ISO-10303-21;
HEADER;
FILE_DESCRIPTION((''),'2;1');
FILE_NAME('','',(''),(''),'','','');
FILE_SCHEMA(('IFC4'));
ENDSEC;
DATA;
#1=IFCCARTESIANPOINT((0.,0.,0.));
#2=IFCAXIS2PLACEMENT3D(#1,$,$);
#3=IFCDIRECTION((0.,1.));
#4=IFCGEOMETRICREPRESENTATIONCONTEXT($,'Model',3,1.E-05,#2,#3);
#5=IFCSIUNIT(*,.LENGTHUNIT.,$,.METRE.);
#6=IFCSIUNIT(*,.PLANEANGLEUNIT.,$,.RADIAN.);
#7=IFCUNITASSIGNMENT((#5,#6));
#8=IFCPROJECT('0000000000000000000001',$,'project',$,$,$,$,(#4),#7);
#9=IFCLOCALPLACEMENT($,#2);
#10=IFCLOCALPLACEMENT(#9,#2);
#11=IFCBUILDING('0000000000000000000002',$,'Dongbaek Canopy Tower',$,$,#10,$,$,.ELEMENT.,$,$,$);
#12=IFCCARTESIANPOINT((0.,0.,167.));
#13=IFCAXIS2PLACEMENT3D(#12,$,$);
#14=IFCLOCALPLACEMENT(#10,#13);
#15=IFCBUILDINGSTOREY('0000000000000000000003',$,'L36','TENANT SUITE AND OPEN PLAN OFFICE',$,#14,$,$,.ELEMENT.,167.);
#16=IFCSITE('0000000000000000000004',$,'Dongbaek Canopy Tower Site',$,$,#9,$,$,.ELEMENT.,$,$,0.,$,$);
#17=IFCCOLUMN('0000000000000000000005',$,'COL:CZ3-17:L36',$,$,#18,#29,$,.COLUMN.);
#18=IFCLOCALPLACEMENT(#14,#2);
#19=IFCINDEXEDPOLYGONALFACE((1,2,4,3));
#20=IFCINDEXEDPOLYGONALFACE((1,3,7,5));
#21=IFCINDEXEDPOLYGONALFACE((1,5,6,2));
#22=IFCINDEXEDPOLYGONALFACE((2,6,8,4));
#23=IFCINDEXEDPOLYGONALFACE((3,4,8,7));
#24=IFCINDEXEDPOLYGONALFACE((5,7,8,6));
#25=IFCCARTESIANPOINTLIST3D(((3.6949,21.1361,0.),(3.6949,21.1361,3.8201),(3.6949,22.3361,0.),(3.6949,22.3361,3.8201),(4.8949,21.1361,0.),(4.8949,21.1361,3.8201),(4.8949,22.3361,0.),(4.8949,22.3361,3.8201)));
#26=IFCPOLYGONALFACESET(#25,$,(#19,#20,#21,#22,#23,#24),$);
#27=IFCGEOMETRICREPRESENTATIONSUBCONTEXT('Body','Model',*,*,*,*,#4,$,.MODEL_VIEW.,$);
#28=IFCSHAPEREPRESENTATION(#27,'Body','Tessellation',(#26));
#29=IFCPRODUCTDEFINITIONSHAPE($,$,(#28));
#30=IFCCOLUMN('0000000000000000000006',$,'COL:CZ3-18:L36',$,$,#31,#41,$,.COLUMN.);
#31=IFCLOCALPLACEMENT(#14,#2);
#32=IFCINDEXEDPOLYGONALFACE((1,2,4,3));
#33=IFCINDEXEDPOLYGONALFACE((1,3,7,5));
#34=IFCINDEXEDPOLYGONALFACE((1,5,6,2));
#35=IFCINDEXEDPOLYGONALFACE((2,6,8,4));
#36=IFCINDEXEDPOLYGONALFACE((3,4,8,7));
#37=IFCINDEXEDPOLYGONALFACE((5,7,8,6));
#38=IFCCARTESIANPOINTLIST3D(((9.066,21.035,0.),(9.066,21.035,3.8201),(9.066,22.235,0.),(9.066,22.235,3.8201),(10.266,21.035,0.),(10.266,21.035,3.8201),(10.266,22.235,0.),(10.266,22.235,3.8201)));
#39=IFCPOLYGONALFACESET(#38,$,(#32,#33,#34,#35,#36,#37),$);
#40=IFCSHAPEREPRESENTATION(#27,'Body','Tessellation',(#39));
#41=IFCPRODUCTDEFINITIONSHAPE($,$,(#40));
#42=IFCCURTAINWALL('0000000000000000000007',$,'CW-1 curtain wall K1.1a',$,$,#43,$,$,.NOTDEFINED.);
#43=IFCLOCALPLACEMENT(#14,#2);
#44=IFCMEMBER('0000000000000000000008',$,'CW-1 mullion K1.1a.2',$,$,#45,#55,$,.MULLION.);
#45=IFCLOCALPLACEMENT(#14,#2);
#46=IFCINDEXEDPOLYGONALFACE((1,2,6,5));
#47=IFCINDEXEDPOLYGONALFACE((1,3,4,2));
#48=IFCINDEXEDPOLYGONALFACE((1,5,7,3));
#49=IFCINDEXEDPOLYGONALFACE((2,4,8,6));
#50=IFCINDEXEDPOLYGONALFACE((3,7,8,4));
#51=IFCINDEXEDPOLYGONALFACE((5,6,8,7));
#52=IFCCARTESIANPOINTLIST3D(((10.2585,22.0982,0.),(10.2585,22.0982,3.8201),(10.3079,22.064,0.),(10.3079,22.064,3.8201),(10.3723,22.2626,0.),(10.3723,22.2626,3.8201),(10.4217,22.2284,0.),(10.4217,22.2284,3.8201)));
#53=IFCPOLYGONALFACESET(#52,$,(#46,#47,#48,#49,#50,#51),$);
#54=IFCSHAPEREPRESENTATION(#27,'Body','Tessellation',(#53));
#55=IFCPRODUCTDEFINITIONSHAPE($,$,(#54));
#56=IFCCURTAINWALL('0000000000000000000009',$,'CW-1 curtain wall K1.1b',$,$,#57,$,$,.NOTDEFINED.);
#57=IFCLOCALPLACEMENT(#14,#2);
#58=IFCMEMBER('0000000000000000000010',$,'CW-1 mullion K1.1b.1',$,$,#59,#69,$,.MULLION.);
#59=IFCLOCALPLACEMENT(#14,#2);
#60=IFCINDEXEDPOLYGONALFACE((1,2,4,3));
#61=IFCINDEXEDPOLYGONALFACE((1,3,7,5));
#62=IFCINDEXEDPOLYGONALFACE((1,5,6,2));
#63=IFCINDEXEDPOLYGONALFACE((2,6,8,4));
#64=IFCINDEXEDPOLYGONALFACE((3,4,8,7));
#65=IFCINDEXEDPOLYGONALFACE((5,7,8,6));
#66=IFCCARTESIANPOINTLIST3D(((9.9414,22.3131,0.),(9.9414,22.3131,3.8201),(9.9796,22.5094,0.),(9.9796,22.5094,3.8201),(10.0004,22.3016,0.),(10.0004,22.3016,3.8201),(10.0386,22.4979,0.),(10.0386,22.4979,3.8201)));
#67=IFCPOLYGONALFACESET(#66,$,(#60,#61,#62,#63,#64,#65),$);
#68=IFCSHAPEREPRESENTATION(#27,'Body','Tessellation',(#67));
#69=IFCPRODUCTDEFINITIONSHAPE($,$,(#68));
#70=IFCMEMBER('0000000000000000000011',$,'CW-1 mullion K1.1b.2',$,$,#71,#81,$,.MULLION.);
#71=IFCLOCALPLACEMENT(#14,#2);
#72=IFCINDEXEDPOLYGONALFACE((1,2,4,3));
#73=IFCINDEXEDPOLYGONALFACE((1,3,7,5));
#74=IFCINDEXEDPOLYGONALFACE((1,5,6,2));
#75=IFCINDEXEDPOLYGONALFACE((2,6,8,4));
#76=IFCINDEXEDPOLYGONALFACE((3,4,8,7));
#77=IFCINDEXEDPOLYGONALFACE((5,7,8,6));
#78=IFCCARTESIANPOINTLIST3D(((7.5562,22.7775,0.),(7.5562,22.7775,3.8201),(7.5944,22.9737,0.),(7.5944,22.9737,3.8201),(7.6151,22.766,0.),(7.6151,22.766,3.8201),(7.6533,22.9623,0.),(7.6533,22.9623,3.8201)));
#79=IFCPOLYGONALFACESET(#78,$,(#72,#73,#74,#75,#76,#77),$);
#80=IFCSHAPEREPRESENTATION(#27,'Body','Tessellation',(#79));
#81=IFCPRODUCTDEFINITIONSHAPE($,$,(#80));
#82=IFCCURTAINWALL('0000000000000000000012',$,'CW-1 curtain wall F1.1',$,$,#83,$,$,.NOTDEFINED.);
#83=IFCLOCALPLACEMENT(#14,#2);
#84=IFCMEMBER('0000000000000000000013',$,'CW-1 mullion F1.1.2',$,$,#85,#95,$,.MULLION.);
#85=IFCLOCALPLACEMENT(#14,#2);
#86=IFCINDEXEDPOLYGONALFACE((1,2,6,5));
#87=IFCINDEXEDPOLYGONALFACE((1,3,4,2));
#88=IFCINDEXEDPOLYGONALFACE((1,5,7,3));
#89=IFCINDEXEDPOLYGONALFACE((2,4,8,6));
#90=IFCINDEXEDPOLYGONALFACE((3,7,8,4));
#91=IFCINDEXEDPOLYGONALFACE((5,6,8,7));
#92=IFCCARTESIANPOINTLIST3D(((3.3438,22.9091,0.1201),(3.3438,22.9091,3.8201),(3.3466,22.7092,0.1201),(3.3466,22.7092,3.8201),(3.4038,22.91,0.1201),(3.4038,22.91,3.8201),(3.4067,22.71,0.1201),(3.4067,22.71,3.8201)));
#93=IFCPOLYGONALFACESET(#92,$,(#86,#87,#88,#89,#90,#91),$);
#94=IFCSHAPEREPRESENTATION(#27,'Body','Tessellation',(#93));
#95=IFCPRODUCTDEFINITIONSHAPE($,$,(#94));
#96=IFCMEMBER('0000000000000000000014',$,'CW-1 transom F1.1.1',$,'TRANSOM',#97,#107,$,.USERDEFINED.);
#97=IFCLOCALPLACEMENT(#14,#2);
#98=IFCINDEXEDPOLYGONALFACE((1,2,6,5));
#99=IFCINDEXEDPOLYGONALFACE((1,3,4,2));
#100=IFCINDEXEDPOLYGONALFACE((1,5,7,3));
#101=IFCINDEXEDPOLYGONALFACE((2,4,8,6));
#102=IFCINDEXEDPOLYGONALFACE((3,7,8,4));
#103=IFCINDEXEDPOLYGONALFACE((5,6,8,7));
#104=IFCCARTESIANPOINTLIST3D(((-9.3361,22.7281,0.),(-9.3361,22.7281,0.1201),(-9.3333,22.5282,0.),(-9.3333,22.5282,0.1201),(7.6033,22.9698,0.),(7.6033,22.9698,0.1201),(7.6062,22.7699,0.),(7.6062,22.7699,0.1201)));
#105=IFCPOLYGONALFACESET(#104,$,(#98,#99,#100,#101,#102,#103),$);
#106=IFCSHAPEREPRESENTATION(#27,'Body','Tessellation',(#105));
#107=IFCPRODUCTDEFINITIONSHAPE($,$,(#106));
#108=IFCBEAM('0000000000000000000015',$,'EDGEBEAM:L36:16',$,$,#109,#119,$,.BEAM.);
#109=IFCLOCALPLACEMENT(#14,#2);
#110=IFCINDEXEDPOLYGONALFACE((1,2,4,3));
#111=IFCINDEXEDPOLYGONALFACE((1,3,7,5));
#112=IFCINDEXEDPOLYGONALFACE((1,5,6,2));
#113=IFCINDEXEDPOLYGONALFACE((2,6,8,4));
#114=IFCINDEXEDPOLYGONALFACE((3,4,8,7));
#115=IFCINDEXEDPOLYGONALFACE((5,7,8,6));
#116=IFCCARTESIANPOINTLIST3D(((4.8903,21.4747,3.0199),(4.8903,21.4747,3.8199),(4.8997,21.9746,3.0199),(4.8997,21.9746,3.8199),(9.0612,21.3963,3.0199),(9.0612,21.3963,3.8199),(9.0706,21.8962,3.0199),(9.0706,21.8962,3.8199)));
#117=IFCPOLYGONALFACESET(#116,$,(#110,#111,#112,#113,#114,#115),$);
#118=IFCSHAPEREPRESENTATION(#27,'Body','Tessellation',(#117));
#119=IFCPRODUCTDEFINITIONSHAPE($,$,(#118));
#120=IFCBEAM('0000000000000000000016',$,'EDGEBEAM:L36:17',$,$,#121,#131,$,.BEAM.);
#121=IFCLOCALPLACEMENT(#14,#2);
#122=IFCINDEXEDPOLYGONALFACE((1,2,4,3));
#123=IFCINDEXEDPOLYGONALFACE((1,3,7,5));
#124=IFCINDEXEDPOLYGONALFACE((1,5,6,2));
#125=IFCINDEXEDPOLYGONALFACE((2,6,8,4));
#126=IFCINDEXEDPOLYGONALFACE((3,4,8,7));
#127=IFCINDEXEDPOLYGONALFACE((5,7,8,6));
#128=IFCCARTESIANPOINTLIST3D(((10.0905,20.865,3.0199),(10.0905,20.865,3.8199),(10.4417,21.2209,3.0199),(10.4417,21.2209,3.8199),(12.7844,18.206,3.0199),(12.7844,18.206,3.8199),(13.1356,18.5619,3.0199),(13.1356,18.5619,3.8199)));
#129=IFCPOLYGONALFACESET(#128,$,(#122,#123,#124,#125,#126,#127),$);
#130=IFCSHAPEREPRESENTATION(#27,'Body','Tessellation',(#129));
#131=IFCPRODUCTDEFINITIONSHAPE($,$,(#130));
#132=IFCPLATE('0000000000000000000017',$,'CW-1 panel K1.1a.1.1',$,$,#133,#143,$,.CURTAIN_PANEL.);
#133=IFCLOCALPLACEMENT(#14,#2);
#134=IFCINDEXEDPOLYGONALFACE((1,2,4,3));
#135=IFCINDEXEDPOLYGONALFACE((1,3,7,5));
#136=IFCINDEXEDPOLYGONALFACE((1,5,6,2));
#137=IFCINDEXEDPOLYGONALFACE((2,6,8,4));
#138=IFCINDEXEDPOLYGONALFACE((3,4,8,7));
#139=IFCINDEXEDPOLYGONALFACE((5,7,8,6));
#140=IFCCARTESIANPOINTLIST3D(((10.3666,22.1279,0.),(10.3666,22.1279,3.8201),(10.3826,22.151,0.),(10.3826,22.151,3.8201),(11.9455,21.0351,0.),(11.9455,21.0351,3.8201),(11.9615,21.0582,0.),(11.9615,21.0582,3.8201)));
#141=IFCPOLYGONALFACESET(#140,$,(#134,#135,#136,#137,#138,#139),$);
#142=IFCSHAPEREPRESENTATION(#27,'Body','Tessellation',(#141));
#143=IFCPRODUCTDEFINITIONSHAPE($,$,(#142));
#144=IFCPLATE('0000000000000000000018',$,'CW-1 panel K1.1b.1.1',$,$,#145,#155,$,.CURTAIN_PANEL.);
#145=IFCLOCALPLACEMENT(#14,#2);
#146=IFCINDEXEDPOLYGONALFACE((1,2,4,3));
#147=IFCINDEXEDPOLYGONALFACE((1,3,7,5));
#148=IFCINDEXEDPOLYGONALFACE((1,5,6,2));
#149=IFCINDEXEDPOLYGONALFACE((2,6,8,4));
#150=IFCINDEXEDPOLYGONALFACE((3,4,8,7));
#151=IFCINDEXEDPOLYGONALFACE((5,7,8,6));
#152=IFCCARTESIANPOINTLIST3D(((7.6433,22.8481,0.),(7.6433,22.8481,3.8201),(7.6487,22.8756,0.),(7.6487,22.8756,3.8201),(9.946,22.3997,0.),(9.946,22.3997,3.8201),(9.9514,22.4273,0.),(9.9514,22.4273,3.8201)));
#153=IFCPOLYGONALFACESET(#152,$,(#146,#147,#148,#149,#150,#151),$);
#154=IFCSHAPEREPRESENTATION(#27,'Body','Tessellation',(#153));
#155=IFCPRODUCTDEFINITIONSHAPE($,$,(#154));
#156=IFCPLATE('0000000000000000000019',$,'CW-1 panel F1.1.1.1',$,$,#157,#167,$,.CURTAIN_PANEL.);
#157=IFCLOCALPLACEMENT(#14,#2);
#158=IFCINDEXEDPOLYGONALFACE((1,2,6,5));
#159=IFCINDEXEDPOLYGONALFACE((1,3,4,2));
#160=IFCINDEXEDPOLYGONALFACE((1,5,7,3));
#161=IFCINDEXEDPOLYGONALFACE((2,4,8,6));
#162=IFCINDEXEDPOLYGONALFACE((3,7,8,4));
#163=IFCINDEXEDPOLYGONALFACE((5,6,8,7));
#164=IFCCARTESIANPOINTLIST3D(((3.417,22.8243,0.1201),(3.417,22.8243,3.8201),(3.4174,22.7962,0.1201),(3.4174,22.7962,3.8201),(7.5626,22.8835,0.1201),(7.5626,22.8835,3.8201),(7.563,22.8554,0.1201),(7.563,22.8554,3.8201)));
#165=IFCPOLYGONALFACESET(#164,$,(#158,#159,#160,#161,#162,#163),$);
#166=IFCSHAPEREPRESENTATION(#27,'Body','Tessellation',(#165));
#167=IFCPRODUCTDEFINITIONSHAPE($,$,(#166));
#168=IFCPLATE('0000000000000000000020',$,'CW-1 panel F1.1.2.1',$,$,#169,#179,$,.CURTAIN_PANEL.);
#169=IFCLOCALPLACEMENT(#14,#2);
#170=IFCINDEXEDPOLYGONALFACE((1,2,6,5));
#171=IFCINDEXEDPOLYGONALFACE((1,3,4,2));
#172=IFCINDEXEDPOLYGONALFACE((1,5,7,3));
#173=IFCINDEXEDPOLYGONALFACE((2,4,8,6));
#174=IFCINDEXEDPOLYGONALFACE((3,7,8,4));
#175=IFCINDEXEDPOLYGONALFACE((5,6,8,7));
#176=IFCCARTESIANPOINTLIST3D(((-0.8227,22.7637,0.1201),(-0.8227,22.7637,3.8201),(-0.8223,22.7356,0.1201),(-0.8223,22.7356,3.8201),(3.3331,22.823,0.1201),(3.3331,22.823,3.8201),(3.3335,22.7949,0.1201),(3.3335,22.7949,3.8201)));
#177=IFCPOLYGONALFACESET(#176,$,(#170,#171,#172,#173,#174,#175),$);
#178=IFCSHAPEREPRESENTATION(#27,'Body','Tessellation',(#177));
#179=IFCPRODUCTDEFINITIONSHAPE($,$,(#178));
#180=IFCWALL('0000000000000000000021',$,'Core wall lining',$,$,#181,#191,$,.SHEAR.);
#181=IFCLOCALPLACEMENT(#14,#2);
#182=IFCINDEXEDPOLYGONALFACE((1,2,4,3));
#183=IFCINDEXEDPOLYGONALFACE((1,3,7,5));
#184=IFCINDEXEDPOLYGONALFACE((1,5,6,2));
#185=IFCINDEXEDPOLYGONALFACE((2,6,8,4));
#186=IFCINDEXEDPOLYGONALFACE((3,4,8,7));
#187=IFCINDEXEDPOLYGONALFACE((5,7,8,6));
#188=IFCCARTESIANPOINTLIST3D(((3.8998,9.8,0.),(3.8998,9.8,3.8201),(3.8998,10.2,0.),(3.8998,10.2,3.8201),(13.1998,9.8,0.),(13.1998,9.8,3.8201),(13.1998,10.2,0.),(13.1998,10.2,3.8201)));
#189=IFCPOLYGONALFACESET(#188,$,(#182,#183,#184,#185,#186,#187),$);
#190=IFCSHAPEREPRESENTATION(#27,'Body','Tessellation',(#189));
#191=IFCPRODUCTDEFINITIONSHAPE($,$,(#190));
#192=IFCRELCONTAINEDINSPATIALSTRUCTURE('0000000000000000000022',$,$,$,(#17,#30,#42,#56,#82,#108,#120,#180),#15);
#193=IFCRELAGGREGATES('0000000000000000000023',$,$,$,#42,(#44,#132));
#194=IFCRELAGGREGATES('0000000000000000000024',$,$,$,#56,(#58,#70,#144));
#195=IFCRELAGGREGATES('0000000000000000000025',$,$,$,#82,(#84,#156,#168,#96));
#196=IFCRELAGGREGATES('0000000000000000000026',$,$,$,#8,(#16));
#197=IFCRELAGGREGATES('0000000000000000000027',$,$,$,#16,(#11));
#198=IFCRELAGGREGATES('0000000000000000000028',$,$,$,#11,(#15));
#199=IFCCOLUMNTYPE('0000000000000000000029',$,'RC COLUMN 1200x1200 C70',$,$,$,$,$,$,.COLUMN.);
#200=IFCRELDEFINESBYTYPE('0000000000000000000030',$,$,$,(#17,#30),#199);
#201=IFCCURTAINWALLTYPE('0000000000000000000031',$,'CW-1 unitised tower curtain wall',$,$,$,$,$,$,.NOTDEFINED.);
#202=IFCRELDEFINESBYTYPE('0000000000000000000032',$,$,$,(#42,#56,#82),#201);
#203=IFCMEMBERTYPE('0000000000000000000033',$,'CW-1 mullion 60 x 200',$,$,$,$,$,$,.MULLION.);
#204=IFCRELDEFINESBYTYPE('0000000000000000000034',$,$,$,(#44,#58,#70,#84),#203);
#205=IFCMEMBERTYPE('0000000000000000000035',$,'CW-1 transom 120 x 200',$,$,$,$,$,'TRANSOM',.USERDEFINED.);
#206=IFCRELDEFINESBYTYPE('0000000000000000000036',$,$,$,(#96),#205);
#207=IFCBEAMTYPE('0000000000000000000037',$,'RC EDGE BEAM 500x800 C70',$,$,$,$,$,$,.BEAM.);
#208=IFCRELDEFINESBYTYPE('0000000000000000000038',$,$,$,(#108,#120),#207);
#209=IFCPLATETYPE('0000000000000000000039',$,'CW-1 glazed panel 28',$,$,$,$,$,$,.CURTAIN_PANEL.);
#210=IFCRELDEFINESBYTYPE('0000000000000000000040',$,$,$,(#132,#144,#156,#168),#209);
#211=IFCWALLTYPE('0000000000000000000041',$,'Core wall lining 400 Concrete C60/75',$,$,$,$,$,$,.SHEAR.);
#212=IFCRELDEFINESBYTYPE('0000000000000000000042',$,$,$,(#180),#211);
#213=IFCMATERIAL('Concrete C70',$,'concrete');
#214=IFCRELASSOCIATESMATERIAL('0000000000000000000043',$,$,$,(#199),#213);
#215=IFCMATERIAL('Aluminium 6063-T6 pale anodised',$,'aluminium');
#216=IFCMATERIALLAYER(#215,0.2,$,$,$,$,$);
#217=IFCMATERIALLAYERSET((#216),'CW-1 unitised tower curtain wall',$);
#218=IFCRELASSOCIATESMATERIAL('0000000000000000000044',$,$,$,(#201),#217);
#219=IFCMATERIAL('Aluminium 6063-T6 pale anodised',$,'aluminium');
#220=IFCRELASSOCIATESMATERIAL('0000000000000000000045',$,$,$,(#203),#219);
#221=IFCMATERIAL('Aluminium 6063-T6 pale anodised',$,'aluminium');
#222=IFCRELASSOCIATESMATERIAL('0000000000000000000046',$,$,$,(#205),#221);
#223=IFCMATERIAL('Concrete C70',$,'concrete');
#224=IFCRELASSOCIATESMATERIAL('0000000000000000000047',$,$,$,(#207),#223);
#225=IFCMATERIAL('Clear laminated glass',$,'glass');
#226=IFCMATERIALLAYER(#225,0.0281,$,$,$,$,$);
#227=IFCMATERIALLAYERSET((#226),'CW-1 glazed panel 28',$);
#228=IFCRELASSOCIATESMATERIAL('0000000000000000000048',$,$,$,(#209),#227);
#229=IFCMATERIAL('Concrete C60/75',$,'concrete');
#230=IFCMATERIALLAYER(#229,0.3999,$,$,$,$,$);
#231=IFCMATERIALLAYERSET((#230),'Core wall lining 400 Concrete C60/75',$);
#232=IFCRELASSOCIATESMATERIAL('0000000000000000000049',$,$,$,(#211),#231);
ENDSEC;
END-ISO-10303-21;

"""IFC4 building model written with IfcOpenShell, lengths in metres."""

from ifc_helpers import new_model, si_unit, direction, frame, frame_2d, origin, origin_2d, place, context, subcontext, project, spatial, rectangle, extrude, material, layer, layer_set, material_profile, profile_set, type_object, element, aggregate, save


model = new_model("IFC4")

# Units and contexts
model_context = context("Model", 3, precision=1e-05, world=origin(), true_north=direction((0.0, 1.0)))
body_context = subcontext(model_context, "Body", "Model", "MODEL_VIEW")
ifc_project = project(units=[si_unit("LENGTHUNIT", "METRE"), si_unit("PLANEANGLEUNIT", "RADIAN")], contexts=[model_context])

# Site, building, storey
site_placement = place(None, origin())
site = spatial("IfcSite", under=ifc_project, at=site_placement, Name="Dongbaek Canopy Tower Site", CompositionType="ELEMENT", RefElevation=0.0)
building_placement = place(site_placement, origin())
building = spatial("IfcBuilding", under=site, at=building_placement, Name="Dongbaek Canopy Tower", CompositionType="ELEMENT")
storey_placement = place(building_placement, frame((0.0, 0.0, 167.0)))
storey = spatial("IfcBuildingStorey", under=building, at=storey_placement, Name="L36", Description="TENANT SUITE AND OPEN PLAN OFFICE", CompositionType="ELEMENT", Elevation=167.0)

# Columns
ifc_material_1 = material(Name="Concrete C70", Category="concrete")
ifc_material_profile_1 = material_profile(ifc_material_1, rectangle(XDim=1.2, YDim=1.2, at=origin_2d()), Name="RC COLUMN 1200x1200 C70")
ifc_profile_set_1 = profile_set([ifc_material_profile_1], Name="Concrete C70")
column_type = type_object("IfcColumnType", Name="RC COLUMN 1200x1200 C70", PredefinedType="COLUMN", material=ifc_profile_set_1)
for number, where, z_axis, x_axis, name in (
    (1, (4.2949, 21.7361, 0.0), (0.0, 0.0, 1.0), (1.0, 0.0, 0.0), "COL:CZ3-17:L36"),
    (2, (9.666, 21.635, 0.0), (0.0, 0.0, 1.0), (1.0, 0.0, 0.0), "COL:CZ3-18:L36"),
):
    element("IfcColumn", number, at=place(storey_placement, frame(where, z_axis=z_axis, x_axis=x_axis)), inside=storey, type_object=column_type, Name=name, PredefinedType="COLUMN", context=body_context, shape_type="SweptSolid", body=[
        extrude(rectangle(XDim=1.2, YDim=1.2, at=origin_2d()), origin(), (0.0, 0.0, 1.0), 3.8201),
    ])

# Curtain wall, member
ifc_material_2 = material(Name="Aluminium 6063-T6 pale anodised", Category="aluminium")
ifc_layer_1 = layer(ifc_material_2, 0.2)
ifc_layer_set_1 = layer_set([ifc_layer_1], Name="CW-1 unitised tower curtain wall")
curtain_wall_type = type_object("IfcCurtainWallType", Name="CW-1 unitised tower curtain wall", PredefinedType="NOTDEFINED", material=ifc_layer_set_1)
curtain_wall_1_placement = place(storey_placement, origin())
curtain_wall_1 = element("IfcCurtainWall", 3, at=curtain_wall_1_placement, inside=storey, type_object=curtain_wall_type, Name="CW-1 curtain wall K1.1a", PredefinedType="NOTDEFINED")
ifc_material_3 = material(Name="Aluminium 6063-T6 pale anodised", Category="aluminium")
ifc_material_profile_2 = material_profile(ifc_material_3, rectangle(XDim=0.2, YDim=0.0601, at=origin_2d()), Name="CW-1 mullion 60 x 200")
ifc_profile_set_2 = profile_set([ifc_material_profile_2], Name="Aluminium 6063-T6 pale anodised")
member_type_1 = type_object("IfcMemberType", Name="CW-1 mullion 60 x 200", PredefinedType="MULLION", material=ifc_profile_set_2)
member_1_placement = place(storey_placement, frame((10.3401, 22.1633, 0.0), z_axis=(0.0, 0.0, 1.0), x_axis=(0.569121, 0.822254, 0.0)))
member_1 = element("IfcMember", 4, at=member_1_placement, type_object=member_type_1, Name="CW-1 mullion K1.1a.2", PredefinedType="MULLION", context=body_context, shape_type="SweptSolid", body=[
    extrude(rectangle(XDim=0.2, YDim=0.0601, at=origin_2d()), origin(), (0.0, 0.0, 1.0), 3.8201),
])

# Curtain walls, members
curtain_wall_2_placement = place(storey_placement, origin())
curtain_wall_2 = element("IfcCurtainWall", 5, at=curtain_wall_2_placement, inside=storey, type_object=curtain_wall_type, Name="CW-1 curtain wall K1.1b", PredefinedType="NOTDEFINED")
member_2_placement = place(storey_placement, frame((9.99, 22.4055, 0.0), z_axis=(0.0, 0.0, 1.0), x_axis=(0.191111, 0.981568, 0.0)))
member_2 = element("IfcMember", 6, at=member_2_placement, type_object=member_type_1, Name="CW-1 mullion K1.1b.1", PredefinedType="MULLION", context=body_context, shape_type="SweptSolid", body=[
    extrude(rectangle(XDim=0.2, YDim=0.0601, at=origin_2d()), origin(), (0.0, 0.0, 1.0), 3.8201),
])
member_3_placement = place(storey_placement, frame((7.6047, 22.8699, 0.0), z_axis=(0.0, 0.0, 1.0), x_axis=(0.191111, 0.981568, 0.0)))
member_3 = element("IfcMember", 7, at=member_3_placement, type_object=member_type_1, Name="CW-1 mullion K1.1b.2", PredefinedType="MULLION", context=body_context, shape_type="SweptSolid", body=[
    extrude(rectangle(XDim=0.2, YDim=0.0601, at=origin_2d()), origin(), (0.0, 0.0, 1.0), 3.8201),
])
curtain_wall_3_placement = place(storey_placement, origin())
curtain_wall_3 = element("IfcCurtainWall", 8, at=curtain_wall_3_placement, inside=storey, type_object=curtain_wall_type, Name="CW-1 curtain wall F1.1", PredefinedType="NOTDEFINED")
member_4_placement = place(storey_placement, frame((3.3752, 22.8096, 0.1201), z_axis=(0.0, 0.0, 1.0), x_axis=(-0.014277, 0.999898, 0.0)))
member_4 = element("IfcMember", 9, at=member_4_placement, type_object=member_type_1, Name="CW-1 mullion F1.1.2", PredefinedType="MULLION", context=body_context, shape_type="SweptSolid", body=[
    extrude(rectangle(XDim=0.2, YDim=0.0601, at=origin_2d()), origin(), (0.0, 0.0, 1.0), 3.7),
])
ifc_material_4 = material(Name="Aluminium 6063-T6 pale anodised", Category="aluminium")
ifc_material_profile_3 = material_profile(ifc_material_4, rectangle(XDim=0.2, YDim=0.1201, at=origin_2d()), Name="CW-1 transom 120 x 200")
ifc_profile_set_3 = profile_set([ifc_material_profile_3], Name="Aluminium 6063-T6 pale anodised")
member_type_2 = type_object("IfcMemberType", Name="CW-1 transom 120 x 200", ElementType="TRANSOM", PredefinedType="USERDEFINED", material=ifc_profile_set_3)
member_5_placement = place(storey_placement, frame((7.6047, 22.8699, 0.0601), z_axis=(-0.999898, -0.014267, 0.0), x_axis=(0.014267, -0.999898, 0.0)))
member_5 = element("IfcMember", 10, at=member_5_placement, type_object=member_type_2, Name="CW-1 transom F1.1.1", ObjectType="TRANSOM", PredefinedType="USERDEFINED", context=body_context, shape_type="SweptSolid", body=[
    extrude(rectangle(XDim=0.2, YDim=0.1201, at=origin_2d()), origin(), (0.0, 0.0, 1.0), 16.9412),
])

# Beams
ifc_material_5 = material(Name="Concrete C70", Category="concrete")
ifc_material_profile_4 = material_profile(ifc_material_5, rectangle(XDim=0.5, YDim=0.8, at=origin_2d()), Name="RC EDGE BEAM 500x800 C70")
ifc_profile_set_4 = profile_set([ifc_material_profile_4], Name="Concrete C70")
beam_type = type_object("IfcBeamType", Name="RC EDGE BEAM 500x800 C70", PredefinedType="BEAM", material=ifc_profile_set_4)
beam_1_placement = place(storey_placement, frame((4.895, 21.7246, 3.4199), z_axis=(0.999824, -0.018786, 0.0), x_axis=(0.018786, 0.999824, 0.0)))
element("IfcBeam", 11, at=beam_1_placement, inside=storey, type_object=beam_type, Name="EDGEBEAM:L36:16", PredefinedType="BEAM", context=body_context, shape_type="SweptSolid", body=[
    extrude(rectangle(XDim=0.5, YDim=0.8, at=origin_2d()), origin(), (0.0, 0.0, 1.0), 4.1716),
])
beam_2_placement = place(storey_placement, frame((10.2661, 21.043, 3.4199), z_axis=(0.711704, -0.70248, 0.0), x_axis=(0.70248, 0.711704, 0.0)))
element("IfcBeam", 12, at=beam_2_placement, inside=storey, type_object=beam_type, Name="EDGEBEAM:L36:17", PredefinedType="BEAM", context=body_context, shape_type="SweptSolid", body=[
    extrude(rectangle(XDim=0.5, YDim=0.8, at=origin_2d()), origin(), (0.0, 0.0, 1.0), 3.7852),
])

# Plates
ifc_material_6 = material(Name="Clear laminated glass", Category="glass")
ifc_layer_2 = layer(ifc_material_6, 0.0281)
ifc_layer_set_2 = layer_set([ifc_layer_2], Name="CW-1 glazed panel 28")
plate_type = type_object("IfcPlateType", Name="CW-1 glazed panel 28", PredefinedType="CURTAIN_PANEL", material=ifc_layer_set_2)
plate_1_placement = place(storey_placement, frame((11.1641, 21.593, 0.0), z_axis=(0.0, 0.0, 1.0), x_axis=(-0.822254, 0.569121, 0.0)))
plate_1 = element("IfcPlate", 13, at=plate_1_placement, type_object=plate_type, Name="CW-1 panel K1.1a.1.1", PredefinedType="CURTAIN_PANEL", context=body_context, shape_type="SweptSolid", body=[
    extrude(rectangle(XDim=1.9202, YDim=0.0281, at=origin_2d()), origin(), (0.0, 0.0, 1.0), 3.8201),
])
aggregate(curtain_wall_1, [member_1, plate_1])
plate_2_placement = place(storey_placement, frame((8.7974, 22.6377, 0.0), z_axis=(0.0, 0.0, 1.0), x_axis=(-0.981568, 0.191111, 0.0)))
plate_2 = element("IfcPlate", 14, at=plate_2_placement, type_object=plate_type, Name="CW-1 panel K1.1b.1.1", PredefinedType="CURTAIN_PANEL", context=body_context, shape_type="SweptSolid", body=[
    extrude(rectangle(XDim=2.3459, YDim=0.0281, at=origin_2d()), origin(), (0.0, 0.0, 1.0), 3.8201),
])
aggregate(curtain_wall_2, [member_2, member_3, plate_2])
plate_3_placement = place(storey_placement, frame((5.49, 22.8398, 0.1201), z_axis=(0.0, 0.0, 1.0), x_axis=(-0.999898, -0.014277, 0.0)))
plate_3 = element("IfcPlate", 15, at=plate_3_placement, type_object=plate_type, Name="CW-1 panel F1.1.1.1", PredefinedType="CURTAIN_PANEL", context=body_context, shape_type="SweptSolid", body=[
    extrude(rectangle(XDim=4.146, YDim=0.0281, at=origin_2d()), origin(), (0.0, 0.0, 1.0), 3.7),
])
plate_4_placement = place(storey_placement, frame((1.2554, 22.7793, 0.1201), z_axis=(0.0, 0.0, 1.0), x_axis=(-0.999898, -0.014277, 0.0)))
plate_4 = element("IfcPlate", 16, at=plate_4_placement, type_object=plate_type, Name="CW-1 panel F1.1.2.1", PredefinedType="CURTAIN_PANEL", context=body_context, shape_type="SweptSolid", body=[
    extrude(rectangle(XDim=4.1562, YDim=0.0281, at=origin_2d()), origin(), (0.0, 0.0, 1.0), 3.7),
])

# Wall
ifc_material_7 = material(Name="Concrete C60/75", Category="concrete")
ifc_layer_3 = layer(ifc_material_7, 0.3999)
ifc_layer_set_3 = layer_set([ifc_layer_3], Name="Core wall lining 400 Concrete C60/75")
wall_type_1 = type_object("IfcWallType", Name="Core wall lining 400 Concrete C60/75", PredefinedType="SHEAR", material=ifc_layer_set_3)
wall_1_placement = place(storey_placement, frame((3.8999, 10.0, 0.0), z_axis=(0.0, 0.0, 1.0), x_axis=(1.0, 0.0, 0.0)))
element("IfcWall", 17, at=wall_1_placement, inside=storey, type_object=wall_type_1, Name="Core wall lining", PredefinedType="SHEAR", context=body_context, shape_type="SweptSolid", body=[
    extrude(rectangle(XDim=9.3, YDim=0.3999, at=frame_2d((4.6499, 0.0))), origin(), (0.0, 0.0, 1.0), 3.8201),
])

aggregate(curtain_wall_3, [member_4, plate_3, plate_4, member_5])

save(model, "model.ifc")
